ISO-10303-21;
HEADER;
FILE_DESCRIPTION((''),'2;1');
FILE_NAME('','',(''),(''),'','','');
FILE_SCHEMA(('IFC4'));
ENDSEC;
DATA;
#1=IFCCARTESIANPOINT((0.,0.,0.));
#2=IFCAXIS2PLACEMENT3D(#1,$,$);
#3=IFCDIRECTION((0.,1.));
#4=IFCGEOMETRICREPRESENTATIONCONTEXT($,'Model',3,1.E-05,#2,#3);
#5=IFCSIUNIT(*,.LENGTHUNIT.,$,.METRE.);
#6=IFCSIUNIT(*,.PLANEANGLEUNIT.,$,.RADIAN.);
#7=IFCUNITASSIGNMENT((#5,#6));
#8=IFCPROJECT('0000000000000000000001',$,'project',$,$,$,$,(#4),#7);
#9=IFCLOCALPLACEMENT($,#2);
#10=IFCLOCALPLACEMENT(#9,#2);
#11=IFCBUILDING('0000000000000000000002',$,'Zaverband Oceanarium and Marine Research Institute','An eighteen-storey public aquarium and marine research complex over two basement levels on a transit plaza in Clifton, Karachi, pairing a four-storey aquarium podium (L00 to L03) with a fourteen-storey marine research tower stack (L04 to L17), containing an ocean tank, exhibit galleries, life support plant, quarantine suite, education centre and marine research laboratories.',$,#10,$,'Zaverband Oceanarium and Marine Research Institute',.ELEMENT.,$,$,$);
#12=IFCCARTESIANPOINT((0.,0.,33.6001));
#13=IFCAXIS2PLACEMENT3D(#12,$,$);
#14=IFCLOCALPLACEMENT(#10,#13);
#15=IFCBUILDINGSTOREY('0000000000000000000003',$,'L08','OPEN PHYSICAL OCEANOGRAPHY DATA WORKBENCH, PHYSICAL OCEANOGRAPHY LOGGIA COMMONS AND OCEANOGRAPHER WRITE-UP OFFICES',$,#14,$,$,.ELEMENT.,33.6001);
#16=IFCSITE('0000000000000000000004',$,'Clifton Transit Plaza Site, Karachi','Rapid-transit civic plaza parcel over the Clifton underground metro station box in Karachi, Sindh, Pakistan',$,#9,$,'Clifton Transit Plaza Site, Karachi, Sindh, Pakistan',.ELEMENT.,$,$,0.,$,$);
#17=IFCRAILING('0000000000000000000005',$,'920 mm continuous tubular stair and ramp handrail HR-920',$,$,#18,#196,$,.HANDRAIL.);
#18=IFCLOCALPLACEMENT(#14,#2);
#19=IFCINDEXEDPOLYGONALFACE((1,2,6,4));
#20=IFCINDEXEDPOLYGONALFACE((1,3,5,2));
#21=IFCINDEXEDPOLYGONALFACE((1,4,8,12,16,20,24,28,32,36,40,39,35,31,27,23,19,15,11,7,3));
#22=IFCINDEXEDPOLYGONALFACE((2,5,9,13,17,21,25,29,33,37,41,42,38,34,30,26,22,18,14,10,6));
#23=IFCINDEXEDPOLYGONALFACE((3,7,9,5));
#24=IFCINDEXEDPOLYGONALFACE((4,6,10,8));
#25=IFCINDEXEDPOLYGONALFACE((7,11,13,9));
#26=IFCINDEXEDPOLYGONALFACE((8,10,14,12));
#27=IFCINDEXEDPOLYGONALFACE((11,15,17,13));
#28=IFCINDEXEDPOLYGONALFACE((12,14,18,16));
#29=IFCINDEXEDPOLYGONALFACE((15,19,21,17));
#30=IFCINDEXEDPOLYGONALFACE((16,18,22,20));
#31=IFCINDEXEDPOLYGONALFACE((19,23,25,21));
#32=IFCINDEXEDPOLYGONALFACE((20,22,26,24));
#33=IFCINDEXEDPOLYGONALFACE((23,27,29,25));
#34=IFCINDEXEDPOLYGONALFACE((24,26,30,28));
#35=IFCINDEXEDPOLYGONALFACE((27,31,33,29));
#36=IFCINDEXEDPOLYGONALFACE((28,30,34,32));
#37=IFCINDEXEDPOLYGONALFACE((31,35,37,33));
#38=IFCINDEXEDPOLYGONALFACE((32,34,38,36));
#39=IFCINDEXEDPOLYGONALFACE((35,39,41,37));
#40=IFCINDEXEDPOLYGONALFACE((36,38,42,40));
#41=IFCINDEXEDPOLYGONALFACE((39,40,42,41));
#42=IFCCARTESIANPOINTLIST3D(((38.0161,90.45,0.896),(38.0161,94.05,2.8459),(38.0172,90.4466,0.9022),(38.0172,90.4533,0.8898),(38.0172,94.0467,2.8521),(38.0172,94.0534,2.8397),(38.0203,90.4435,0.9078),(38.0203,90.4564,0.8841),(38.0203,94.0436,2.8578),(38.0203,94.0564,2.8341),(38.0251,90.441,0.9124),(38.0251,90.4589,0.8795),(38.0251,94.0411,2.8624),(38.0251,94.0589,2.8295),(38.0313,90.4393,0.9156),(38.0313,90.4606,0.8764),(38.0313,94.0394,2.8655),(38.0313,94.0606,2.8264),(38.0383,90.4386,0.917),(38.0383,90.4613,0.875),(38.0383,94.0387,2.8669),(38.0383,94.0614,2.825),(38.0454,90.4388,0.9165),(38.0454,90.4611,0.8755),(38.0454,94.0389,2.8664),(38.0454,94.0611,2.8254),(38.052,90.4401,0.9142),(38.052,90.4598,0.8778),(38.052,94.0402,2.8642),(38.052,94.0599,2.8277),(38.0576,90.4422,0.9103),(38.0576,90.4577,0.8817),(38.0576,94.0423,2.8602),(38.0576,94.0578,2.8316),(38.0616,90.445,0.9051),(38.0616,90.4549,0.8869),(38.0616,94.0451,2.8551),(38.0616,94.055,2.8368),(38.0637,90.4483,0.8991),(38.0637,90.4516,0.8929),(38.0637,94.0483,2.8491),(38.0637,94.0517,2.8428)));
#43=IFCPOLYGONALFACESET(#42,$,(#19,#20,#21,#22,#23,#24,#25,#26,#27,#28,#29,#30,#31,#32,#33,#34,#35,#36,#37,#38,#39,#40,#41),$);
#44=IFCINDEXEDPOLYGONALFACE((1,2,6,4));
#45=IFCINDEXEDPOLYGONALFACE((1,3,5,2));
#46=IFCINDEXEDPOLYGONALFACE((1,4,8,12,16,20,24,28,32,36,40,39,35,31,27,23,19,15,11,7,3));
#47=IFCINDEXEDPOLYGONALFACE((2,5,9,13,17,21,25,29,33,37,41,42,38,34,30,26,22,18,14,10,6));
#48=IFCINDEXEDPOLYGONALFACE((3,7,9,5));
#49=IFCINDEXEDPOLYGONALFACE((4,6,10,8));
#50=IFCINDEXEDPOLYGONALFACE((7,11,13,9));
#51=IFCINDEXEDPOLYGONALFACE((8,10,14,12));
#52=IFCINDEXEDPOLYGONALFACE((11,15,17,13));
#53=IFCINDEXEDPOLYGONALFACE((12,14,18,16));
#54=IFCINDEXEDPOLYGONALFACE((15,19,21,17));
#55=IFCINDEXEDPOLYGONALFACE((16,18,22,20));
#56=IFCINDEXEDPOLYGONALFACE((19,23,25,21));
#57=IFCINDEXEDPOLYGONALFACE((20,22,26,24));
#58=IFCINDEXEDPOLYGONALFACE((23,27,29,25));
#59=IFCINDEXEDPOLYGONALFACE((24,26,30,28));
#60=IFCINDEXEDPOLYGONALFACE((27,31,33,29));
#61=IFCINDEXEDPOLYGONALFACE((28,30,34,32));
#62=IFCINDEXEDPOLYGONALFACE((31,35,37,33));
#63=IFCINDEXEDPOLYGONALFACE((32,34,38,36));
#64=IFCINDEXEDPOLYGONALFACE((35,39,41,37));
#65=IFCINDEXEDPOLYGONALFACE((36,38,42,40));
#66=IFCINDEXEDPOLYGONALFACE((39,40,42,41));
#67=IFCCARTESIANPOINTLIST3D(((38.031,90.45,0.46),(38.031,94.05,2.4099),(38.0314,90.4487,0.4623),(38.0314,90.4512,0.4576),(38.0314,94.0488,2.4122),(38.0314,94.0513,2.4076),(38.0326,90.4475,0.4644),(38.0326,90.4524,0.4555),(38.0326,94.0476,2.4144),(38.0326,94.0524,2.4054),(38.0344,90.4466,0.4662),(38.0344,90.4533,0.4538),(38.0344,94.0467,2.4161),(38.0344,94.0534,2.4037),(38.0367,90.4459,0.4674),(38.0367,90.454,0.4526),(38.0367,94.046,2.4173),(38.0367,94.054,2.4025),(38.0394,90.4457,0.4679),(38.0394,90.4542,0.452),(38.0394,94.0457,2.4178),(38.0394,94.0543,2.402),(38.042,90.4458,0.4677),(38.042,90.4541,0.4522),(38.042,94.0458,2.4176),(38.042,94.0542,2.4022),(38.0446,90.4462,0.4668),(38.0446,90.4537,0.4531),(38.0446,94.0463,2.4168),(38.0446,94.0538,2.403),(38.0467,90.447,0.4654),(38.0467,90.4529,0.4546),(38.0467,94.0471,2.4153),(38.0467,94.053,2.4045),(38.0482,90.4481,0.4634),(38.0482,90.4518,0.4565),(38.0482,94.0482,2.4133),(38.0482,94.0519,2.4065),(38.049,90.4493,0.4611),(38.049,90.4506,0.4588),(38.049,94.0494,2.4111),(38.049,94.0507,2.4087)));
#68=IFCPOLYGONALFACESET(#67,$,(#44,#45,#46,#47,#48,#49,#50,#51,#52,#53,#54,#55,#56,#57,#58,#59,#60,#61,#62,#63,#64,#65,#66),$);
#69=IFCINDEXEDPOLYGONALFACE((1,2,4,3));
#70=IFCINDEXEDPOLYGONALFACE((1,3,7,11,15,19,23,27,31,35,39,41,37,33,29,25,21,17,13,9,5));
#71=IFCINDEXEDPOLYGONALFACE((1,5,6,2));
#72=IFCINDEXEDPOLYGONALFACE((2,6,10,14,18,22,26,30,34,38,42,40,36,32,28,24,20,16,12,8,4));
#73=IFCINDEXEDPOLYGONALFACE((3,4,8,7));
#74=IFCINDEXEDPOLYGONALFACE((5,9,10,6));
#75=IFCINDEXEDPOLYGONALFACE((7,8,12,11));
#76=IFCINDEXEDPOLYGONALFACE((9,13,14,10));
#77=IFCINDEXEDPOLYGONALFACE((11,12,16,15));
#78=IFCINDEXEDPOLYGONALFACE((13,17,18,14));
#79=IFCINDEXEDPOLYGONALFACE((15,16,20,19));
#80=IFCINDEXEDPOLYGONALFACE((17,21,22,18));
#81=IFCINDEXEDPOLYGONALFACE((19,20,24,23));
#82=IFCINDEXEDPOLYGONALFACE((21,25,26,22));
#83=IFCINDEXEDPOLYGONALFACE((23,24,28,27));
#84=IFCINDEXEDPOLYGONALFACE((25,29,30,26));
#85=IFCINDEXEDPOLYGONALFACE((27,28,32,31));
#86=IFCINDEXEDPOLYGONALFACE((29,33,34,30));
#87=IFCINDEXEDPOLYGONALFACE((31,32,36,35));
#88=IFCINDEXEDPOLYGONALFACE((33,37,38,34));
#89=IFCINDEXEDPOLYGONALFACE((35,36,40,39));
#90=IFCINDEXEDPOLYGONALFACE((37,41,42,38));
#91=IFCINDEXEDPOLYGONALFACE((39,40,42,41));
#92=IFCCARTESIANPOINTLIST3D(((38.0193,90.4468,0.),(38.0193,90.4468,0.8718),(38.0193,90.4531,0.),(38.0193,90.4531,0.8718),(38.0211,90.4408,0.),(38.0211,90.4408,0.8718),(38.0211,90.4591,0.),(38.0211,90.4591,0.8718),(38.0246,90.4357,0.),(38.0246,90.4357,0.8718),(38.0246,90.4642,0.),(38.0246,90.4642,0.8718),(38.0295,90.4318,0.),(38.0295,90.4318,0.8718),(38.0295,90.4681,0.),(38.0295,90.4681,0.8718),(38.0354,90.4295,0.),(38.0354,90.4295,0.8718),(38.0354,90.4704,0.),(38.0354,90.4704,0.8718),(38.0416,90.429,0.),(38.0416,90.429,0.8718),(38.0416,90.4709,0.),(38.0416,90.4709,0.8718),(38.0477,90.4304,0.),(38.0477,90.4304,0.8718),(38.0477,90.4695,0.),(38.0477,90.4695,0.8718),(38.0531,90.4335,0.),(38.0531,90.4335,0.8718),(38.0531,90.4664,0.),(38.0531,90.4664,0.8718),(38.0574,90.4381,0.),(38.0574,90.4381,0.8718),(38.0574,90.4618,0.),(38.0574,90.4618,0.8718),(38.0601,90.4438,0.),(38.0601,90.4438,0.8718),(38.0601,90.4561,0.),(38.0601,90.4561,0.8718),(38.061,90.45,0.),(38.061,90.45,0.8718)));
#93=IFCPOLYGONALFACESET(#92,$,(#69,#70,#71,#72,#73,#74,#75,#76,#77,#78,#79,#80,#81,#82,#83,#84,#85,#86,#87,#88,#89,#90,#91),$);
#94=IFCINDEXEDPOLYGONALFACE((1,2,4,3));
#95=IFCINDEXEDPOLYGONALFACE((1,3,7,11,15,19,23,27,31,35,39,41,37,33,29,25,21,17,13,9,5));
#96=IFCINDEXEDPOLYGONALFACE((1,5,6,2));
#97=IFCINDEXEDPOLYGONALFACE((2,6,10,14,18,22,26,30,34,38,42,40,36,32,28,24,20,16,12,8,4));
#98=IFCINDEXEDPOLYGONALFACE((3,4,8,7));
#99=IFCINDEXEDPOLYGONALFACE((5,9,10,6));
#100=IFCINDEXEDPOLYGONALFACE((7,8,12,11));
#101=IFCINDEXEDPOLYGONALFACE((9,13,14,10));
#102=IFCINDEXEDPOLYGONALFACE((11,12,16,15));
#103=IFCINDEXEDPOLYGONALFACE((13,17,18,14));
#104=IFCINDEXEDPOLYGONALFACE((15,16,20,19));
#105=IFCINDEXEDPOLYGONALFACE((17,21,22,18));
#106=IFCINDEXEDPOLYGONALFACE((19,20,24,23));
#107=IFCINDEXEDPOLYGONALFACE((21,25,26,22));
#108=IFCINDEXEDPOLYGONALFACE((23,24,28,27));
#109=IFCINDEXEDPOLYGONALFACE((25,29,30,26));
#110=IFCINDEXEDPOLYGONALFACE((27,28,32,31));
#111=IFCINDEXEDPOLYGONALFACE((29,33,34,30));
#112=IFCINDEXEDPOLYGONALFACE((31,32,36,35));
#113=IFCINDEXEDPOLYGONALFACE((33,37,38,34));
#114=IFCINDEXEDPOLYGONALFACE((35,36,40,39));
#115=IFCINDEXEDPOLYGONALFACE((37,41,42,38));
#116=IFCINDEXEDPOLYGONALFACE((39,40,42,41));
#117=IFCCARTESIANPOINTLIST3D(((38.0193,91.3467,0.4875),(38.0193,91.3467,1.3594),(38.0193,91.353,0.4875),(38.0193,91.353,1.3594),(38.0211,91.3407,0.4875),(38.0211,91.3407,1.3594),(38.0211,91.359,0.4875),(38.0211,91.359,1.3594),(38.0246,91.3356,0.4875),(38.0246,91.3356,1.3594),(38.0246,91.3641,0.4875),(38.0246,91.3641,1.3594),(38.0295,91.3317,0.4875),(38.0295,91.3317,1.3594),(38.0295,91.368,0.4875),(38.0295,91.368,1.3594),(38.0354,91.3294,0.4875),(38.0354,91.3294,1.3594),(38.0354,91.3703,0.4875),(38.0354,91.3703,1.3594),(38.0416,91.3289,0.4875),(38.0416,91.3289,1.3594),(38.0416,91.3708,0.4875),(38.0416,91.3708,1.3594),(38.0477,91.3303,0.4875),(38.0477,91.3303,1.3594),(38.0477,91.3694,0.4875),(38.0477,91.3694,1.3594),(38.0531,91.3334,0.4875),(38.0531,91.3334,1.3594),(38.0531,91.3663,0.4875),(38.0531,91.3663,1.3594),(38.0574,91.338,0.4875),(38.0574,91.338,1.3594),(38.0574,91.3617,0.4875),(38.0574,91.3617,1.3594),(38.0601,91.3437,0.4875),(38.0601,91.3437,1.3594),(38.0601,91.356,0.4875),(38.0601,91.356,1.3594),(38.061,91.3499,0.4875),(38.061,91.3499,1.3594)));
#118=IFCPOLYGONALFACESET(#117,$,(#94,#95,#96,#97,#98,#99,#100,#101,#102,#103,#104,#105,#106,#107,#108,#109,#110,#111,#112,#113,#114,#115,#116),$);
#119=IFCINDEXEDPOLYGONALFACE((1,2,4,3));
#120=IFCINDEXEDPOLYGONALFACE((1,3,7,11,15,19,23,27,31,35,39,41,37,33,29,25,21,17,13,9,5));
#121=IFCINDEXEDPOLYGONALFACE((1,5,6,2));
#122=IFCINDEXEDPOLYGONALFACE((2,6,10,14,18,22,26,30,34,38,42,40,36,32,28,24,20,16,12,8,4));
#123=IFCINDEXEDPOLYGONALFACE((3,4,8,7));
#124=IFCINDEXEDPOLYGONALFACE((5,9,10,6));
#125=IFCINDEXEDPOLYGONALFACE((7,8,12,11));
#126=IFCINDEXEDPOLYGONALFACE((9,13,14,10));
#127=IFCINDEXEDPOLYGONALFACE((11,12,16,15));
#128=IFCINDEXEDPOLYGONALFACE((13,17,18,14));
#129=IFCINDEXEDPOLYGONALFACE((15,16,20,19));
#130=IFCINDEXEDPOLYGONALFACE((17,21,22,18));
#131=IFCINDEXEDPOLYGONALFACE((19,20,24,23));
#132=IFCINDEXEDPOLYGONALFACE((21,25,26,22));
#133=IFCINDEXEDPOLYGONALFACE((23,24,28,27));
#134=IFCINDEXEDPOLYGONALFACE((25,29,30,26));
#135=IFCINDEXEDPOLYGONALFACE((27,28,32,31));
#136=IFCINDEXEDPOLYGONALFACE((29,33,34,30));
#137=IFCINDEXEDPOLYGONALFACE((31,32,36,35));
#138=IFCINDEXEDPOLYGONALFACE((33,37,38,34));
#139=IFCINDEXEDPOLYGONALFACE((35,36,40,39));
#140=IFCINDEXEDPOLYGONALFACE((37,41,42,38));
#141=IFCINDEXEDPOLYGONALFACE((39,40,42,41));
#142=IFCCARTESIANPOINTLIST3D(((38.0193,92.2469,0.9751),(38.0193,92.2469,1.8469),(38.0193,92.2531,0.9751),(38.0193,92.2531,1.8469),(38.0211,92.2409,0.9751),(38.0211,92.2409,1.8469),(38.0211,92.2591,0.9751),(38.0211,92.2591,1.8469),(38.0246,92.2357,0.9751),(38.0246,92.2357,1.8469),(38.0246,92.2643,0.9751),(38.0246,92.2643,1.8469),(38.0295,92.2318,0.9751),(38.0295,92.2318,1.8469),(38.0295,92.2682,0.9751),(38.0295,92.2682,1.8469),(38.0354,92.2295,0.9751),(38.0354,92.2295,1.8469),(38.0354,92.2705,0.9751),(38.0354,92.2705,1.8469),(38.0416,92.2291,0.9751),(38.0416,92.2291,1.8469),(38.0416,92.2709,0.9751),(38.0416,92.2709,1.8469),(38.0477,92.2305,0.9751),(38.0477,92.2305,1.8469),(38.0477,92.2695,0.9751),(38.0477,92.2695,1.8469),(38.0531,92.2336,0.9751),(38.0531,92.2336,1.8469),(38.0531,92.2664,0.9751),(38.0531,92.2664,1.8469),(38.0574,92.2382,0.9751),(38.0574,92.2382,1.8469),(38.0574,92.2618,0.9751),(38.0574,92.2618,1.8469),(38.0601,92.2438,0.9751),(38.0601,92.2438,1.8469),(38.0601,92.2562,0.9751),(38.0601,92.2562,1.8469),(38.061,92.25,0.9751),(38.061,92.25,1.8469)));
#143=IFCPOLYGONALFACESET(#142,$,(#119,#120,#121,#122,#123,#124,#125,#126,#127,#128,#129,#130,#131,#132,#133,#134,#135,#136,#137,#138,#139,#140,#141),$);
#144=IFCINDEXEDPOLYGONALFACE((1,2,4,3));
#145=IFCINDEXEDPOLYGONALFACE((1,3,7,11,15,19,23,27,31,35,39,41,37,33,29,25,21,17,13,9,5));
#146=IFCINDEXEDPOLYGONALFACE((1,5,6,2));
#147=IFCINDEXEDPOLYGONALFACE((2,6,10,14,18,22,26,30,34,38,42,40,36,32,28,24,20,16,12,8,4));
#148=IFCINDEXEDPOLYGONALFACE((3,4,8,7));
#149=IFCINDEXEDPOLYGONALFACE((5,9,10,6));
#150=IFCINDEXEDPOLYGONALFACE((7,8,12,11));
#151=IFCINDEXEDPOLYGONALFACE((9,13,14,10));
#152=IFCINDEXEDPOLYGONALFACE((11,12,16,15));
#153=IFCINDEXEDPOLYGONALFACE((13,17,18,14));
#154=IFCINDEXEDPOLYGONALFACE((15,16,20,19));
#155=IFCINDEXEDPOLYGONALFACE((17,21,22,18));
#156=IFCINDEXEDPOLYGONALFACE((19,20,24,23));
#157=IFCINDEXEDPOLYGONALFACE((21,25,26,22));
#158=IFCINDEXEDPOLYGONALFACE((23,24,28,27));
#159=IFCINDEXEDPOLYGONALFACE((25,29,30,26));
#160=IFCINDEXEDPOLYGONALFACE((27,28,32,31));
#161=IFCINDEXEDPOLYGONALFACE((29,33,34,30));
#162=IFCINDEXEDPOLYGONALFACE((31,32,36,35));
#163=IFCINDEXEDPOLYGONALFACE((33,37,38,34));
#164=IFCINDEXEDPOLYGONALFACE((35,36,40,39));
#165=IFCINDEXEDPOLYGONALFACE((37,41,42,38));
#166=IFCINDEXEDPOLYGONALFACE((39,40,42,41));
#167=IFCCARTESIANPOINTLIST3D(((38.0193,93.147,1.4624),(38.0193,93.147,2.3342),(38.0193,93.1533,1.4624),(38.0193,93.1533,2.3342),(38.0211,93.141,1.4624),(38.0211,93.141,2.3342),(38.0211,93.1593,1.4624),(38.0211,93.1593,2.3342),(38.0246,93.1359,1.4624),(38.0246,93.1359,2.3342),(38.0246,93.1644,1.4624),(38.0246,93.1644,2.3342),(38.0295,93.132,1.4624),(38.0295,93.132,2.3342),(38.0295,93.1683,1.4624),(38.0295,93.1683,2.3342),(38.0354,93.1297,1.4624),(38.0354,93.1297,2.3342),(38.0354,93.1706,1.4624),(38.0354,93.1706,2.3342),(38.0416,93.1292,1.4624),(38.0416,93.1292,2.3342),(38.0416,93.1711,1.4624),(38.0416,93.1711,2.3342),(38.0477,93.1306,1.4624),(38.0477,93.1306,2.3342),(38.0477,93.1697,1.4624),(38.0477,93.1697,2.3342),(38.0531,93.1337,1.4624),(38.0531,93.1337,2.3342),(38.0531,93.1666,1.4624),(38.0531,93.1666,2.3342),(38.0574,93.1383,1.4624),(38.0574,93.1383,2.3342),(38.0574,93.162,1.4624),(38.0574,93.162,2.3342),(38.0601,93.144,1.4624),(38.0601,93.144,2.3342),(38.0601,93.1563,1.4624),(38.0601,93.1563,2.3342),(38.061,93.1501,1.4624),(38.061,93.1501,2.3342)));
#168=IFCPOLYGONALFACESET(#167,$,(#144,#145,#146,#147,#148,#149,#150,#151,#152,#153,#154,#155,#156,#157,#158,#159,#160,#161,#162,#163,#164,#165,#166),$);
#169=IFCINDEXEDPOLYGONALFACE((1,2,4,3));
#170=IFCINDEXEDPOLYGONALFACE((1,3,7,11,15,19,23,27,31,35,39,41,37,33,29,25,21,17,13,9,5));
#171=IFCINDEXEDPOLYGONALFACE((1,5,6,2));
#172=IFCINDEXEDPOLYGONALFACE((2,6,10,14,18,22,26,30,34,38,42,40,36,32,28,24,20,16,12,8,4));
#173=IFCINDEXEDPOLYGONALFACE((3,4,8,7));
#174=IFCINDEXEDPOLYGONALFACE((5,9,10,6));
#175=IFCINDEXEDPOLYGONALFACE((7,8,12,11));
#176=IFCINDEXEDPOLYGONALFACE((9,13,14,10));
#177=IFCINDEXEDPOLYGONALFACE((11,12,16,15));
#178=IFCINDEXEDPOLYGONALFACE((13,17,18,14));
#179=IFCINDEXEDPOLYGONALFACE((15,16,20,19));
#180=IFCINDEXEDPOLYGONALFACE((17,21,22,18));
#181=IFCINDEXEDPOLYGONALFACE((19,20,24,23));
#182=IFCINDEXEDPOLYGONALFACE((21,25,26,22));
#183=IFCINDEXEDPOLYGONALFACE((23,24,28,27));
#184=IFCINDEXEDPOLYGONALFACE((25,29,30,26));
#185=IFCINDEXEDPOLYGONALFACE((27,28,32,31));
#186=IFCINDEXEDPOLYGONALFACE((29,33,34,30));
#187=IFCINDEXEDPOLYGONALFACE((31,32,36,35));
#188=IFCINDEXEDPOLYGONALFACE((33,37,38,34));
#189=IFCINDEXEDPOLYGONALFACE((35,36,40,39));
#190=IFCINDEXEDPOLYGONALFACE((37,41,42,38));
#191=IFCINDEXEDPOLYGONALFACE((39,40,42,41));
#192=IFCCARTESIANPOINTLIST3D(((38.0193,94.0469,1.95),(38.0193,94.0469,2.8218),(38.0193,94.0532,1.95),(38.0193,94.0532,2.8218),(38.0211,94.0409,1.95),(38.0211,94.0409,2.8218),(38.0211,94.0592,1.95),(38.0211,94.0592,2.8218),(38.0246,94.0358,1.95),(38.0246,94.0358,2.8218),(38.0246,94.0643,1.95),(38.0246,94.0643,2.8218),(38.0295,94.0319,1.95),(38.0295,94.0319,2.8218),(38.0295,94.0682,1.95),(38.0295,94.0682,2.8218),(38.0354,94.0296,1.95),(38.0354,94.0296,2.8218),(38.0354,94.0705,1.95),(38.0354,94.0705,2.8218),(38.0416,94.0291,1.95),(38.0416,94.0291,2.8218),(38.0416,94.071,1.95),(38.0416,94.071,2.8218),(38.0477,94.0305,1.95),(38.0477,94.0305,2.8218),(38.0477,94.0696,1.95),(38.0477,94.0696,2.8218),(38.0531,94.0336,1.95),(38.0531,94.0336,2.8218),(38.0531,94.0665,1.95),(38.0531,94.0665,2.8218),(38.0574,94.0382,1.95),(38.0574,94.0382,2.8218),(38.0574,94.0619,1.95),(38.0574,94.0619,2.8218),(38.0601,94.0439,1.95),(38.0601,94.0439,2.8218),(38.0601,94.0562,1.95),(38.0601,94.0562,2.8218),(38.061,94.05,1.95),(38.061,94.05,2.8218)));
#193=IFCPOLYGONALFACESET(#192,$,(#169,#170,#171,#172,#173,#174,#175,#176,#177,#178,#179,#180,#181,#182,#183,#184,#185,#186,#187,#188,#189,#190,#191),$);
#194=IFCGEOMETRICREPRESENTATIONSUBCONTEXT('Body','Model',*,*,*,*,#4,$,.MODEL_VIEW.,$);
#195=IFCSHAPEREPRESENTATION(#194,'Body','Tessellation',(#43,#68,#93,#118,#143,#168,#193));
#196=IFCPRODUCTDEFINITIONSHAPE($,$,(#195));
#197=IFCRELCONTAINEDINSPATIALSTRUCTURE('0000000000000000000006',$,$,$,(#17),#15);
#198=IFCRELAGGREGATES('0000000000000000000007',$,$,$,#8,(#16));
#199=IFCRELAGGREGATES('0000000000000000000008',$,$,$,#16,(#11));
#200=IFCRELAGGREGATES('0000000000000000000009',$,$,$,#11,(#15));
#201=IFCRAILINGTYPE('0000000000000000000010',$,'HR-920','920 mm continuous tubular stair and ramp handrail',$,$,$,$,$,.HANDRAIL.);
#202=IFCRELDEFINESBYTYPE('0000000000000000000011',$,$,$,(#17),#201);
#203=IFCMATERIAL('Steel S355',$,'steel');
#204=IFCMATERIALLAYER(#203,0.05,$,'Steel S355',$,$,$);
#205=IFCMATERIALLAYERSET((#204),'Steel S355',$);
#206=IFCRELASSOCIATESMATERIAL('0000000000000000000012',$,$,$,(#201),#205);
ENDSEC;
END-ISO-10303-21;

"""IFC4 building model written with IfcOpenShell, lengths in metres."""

from ifc_helpers import new_model, si_unit, direction, frame, origin, origin_2d, place, context, subcontext, project, spatial, circle, extrude, material, layer, layer_set, type_object, element, save


model = new_model("IFC4")

# Units and contexts
model_context = context("Model", 3, precision=1e-05, world=origin(), true_north=direction((0.0, 1.0)))
body_context = subcontext(model_context, "Body", "Model", "MODEL_VIEW")
ifc_project = project(units=[si_unit("LENGTHUNIT", "METRE"), si_unit("PLANEANGLEUNIT", "RADIAN")], contexts=[model_context])

# Site, building, storey
site_placement = place(None, origin())
site = spatial("IfcSite", under=ifc_project, at=site_placement, Name="Clifton Transit Plaza Site, Karachi", Description="Rapid-transit civic plaza parcel over the Clifton underground metro station box in Karachi, Sindh, Pakistan", LongName="Clifton Transit Plaza Site, Karachi, Sindh, Pakistan", CompositionType="ELEMENT", RefElevation=0.0)
building_placement = place(site_placement, origin())
building = spatial("IfcBuilding", under=site, at=building_placement, Name="Zaverband Oceanarium and Marine Research Institute", Description="An eighteen-storey public aquarium and marine research complex over two basement levels on a transit plaza in Clifton, Karachi, pairing a four-storey aquarium podium (L00 to L03) with a fourteen-storey marine research tower stack (L04 to L17), containing an ocean tank, exhibit galleries, life support plant, quarantine suite, education centre and marine research laboratories.", LongName="Zaverband Oceanarium and Marine Research Institute", CompositionType="ELEMENT")
storey_placement = place(building_placement, frame((0.0, 0.0, 33.6001)))
storey = spatial("IfcBuildingStorey", under=building, at=storey_placement, Name="L08", Description="OPEN PHYSICAL OCEANOGRAPHY DATA WORKBENCH, PHYSICAL OCEANOGRAPHY LOGGIA COMMONS AND OCEANOGRAPHER WRITE-UP OFFICES", CompositionType="ELEMENT", Elevation=33.6001)

# Shared definitions
ifc_material_1 = material(Name="Steel S355", Category="steel")

# Railing
ifc_layer_1 = layer(ifc_material_1, 0.05, Name="Steel S355")
ifc_layer_set_1 = layer_set([ifc_layer_1], Name="Steel S355")
railing_type_1 = type_object("IfcRailingType", Name="HR-920", Description="920 mm continuous tubular stair and ramp handrail", PredefinedType="HANDRAIL", material=ifc_layer_set_1)
railing_1_placement = place(storey_placement, frame((38.04, 90.45, 0.0)))
element("IfcRailing", 1, at=railing_1_placement, inside=storey, type_object=railing_type_1, Name="920 mm continuous tubular stair and ramp handrail HR-920", PredefinedType="HANDRAIL", context=body_context, shape_type="SweptSolid", body=[
    extrude(circle(Radius=0.0239, at=origin_2d()), frame((0.0, 0.0, 0.896), z_axis=(0.0, 0.879302, 0.476264), x_axis=(-1.0, 0.0, 0.0)), (0.0, 0.0, 1.0), 4.0942),
    extrude(circle(Radius=0.009, at=origin_2d()), frame((0.0, 0.0, 0.46), z_axis=(0.0, 0.879302, 0.476264), x_axis=(-1.0, 0.0, 0.0)), (0.0, 0.0, 1.0), 4.0942),
    extrude(circle(Radius=0.021, at=origin_2d()), origin(), (0.0, 0.0, 1.0), 0.8718),
    extrude(circle(Radius=0.021, at=origin_2d()), frame((0.0, 0.8999, 0.4875)), (0.0, 0.0, 1.0), 0.8718),
    extrude(circle(Radius=0.021, at=origin_2d()), frame((0.0, 1.8, 0.9751)), (0.0, 0.0, 1.0), 0.8718),
    extrude(circle(Radius=0.021, at=origin_2d()), frame((0.0, 2.7002, 1.4624)), (0.0, 0.0, 1.0), 0.8718),
    extrude(circle(Radius=0.021, at=origin_2d()), frame((0.0, 3.6001, 1.95)), (0.0, 0.0, 1.0), 0.8718),
])

save(model, "model.ifc")
